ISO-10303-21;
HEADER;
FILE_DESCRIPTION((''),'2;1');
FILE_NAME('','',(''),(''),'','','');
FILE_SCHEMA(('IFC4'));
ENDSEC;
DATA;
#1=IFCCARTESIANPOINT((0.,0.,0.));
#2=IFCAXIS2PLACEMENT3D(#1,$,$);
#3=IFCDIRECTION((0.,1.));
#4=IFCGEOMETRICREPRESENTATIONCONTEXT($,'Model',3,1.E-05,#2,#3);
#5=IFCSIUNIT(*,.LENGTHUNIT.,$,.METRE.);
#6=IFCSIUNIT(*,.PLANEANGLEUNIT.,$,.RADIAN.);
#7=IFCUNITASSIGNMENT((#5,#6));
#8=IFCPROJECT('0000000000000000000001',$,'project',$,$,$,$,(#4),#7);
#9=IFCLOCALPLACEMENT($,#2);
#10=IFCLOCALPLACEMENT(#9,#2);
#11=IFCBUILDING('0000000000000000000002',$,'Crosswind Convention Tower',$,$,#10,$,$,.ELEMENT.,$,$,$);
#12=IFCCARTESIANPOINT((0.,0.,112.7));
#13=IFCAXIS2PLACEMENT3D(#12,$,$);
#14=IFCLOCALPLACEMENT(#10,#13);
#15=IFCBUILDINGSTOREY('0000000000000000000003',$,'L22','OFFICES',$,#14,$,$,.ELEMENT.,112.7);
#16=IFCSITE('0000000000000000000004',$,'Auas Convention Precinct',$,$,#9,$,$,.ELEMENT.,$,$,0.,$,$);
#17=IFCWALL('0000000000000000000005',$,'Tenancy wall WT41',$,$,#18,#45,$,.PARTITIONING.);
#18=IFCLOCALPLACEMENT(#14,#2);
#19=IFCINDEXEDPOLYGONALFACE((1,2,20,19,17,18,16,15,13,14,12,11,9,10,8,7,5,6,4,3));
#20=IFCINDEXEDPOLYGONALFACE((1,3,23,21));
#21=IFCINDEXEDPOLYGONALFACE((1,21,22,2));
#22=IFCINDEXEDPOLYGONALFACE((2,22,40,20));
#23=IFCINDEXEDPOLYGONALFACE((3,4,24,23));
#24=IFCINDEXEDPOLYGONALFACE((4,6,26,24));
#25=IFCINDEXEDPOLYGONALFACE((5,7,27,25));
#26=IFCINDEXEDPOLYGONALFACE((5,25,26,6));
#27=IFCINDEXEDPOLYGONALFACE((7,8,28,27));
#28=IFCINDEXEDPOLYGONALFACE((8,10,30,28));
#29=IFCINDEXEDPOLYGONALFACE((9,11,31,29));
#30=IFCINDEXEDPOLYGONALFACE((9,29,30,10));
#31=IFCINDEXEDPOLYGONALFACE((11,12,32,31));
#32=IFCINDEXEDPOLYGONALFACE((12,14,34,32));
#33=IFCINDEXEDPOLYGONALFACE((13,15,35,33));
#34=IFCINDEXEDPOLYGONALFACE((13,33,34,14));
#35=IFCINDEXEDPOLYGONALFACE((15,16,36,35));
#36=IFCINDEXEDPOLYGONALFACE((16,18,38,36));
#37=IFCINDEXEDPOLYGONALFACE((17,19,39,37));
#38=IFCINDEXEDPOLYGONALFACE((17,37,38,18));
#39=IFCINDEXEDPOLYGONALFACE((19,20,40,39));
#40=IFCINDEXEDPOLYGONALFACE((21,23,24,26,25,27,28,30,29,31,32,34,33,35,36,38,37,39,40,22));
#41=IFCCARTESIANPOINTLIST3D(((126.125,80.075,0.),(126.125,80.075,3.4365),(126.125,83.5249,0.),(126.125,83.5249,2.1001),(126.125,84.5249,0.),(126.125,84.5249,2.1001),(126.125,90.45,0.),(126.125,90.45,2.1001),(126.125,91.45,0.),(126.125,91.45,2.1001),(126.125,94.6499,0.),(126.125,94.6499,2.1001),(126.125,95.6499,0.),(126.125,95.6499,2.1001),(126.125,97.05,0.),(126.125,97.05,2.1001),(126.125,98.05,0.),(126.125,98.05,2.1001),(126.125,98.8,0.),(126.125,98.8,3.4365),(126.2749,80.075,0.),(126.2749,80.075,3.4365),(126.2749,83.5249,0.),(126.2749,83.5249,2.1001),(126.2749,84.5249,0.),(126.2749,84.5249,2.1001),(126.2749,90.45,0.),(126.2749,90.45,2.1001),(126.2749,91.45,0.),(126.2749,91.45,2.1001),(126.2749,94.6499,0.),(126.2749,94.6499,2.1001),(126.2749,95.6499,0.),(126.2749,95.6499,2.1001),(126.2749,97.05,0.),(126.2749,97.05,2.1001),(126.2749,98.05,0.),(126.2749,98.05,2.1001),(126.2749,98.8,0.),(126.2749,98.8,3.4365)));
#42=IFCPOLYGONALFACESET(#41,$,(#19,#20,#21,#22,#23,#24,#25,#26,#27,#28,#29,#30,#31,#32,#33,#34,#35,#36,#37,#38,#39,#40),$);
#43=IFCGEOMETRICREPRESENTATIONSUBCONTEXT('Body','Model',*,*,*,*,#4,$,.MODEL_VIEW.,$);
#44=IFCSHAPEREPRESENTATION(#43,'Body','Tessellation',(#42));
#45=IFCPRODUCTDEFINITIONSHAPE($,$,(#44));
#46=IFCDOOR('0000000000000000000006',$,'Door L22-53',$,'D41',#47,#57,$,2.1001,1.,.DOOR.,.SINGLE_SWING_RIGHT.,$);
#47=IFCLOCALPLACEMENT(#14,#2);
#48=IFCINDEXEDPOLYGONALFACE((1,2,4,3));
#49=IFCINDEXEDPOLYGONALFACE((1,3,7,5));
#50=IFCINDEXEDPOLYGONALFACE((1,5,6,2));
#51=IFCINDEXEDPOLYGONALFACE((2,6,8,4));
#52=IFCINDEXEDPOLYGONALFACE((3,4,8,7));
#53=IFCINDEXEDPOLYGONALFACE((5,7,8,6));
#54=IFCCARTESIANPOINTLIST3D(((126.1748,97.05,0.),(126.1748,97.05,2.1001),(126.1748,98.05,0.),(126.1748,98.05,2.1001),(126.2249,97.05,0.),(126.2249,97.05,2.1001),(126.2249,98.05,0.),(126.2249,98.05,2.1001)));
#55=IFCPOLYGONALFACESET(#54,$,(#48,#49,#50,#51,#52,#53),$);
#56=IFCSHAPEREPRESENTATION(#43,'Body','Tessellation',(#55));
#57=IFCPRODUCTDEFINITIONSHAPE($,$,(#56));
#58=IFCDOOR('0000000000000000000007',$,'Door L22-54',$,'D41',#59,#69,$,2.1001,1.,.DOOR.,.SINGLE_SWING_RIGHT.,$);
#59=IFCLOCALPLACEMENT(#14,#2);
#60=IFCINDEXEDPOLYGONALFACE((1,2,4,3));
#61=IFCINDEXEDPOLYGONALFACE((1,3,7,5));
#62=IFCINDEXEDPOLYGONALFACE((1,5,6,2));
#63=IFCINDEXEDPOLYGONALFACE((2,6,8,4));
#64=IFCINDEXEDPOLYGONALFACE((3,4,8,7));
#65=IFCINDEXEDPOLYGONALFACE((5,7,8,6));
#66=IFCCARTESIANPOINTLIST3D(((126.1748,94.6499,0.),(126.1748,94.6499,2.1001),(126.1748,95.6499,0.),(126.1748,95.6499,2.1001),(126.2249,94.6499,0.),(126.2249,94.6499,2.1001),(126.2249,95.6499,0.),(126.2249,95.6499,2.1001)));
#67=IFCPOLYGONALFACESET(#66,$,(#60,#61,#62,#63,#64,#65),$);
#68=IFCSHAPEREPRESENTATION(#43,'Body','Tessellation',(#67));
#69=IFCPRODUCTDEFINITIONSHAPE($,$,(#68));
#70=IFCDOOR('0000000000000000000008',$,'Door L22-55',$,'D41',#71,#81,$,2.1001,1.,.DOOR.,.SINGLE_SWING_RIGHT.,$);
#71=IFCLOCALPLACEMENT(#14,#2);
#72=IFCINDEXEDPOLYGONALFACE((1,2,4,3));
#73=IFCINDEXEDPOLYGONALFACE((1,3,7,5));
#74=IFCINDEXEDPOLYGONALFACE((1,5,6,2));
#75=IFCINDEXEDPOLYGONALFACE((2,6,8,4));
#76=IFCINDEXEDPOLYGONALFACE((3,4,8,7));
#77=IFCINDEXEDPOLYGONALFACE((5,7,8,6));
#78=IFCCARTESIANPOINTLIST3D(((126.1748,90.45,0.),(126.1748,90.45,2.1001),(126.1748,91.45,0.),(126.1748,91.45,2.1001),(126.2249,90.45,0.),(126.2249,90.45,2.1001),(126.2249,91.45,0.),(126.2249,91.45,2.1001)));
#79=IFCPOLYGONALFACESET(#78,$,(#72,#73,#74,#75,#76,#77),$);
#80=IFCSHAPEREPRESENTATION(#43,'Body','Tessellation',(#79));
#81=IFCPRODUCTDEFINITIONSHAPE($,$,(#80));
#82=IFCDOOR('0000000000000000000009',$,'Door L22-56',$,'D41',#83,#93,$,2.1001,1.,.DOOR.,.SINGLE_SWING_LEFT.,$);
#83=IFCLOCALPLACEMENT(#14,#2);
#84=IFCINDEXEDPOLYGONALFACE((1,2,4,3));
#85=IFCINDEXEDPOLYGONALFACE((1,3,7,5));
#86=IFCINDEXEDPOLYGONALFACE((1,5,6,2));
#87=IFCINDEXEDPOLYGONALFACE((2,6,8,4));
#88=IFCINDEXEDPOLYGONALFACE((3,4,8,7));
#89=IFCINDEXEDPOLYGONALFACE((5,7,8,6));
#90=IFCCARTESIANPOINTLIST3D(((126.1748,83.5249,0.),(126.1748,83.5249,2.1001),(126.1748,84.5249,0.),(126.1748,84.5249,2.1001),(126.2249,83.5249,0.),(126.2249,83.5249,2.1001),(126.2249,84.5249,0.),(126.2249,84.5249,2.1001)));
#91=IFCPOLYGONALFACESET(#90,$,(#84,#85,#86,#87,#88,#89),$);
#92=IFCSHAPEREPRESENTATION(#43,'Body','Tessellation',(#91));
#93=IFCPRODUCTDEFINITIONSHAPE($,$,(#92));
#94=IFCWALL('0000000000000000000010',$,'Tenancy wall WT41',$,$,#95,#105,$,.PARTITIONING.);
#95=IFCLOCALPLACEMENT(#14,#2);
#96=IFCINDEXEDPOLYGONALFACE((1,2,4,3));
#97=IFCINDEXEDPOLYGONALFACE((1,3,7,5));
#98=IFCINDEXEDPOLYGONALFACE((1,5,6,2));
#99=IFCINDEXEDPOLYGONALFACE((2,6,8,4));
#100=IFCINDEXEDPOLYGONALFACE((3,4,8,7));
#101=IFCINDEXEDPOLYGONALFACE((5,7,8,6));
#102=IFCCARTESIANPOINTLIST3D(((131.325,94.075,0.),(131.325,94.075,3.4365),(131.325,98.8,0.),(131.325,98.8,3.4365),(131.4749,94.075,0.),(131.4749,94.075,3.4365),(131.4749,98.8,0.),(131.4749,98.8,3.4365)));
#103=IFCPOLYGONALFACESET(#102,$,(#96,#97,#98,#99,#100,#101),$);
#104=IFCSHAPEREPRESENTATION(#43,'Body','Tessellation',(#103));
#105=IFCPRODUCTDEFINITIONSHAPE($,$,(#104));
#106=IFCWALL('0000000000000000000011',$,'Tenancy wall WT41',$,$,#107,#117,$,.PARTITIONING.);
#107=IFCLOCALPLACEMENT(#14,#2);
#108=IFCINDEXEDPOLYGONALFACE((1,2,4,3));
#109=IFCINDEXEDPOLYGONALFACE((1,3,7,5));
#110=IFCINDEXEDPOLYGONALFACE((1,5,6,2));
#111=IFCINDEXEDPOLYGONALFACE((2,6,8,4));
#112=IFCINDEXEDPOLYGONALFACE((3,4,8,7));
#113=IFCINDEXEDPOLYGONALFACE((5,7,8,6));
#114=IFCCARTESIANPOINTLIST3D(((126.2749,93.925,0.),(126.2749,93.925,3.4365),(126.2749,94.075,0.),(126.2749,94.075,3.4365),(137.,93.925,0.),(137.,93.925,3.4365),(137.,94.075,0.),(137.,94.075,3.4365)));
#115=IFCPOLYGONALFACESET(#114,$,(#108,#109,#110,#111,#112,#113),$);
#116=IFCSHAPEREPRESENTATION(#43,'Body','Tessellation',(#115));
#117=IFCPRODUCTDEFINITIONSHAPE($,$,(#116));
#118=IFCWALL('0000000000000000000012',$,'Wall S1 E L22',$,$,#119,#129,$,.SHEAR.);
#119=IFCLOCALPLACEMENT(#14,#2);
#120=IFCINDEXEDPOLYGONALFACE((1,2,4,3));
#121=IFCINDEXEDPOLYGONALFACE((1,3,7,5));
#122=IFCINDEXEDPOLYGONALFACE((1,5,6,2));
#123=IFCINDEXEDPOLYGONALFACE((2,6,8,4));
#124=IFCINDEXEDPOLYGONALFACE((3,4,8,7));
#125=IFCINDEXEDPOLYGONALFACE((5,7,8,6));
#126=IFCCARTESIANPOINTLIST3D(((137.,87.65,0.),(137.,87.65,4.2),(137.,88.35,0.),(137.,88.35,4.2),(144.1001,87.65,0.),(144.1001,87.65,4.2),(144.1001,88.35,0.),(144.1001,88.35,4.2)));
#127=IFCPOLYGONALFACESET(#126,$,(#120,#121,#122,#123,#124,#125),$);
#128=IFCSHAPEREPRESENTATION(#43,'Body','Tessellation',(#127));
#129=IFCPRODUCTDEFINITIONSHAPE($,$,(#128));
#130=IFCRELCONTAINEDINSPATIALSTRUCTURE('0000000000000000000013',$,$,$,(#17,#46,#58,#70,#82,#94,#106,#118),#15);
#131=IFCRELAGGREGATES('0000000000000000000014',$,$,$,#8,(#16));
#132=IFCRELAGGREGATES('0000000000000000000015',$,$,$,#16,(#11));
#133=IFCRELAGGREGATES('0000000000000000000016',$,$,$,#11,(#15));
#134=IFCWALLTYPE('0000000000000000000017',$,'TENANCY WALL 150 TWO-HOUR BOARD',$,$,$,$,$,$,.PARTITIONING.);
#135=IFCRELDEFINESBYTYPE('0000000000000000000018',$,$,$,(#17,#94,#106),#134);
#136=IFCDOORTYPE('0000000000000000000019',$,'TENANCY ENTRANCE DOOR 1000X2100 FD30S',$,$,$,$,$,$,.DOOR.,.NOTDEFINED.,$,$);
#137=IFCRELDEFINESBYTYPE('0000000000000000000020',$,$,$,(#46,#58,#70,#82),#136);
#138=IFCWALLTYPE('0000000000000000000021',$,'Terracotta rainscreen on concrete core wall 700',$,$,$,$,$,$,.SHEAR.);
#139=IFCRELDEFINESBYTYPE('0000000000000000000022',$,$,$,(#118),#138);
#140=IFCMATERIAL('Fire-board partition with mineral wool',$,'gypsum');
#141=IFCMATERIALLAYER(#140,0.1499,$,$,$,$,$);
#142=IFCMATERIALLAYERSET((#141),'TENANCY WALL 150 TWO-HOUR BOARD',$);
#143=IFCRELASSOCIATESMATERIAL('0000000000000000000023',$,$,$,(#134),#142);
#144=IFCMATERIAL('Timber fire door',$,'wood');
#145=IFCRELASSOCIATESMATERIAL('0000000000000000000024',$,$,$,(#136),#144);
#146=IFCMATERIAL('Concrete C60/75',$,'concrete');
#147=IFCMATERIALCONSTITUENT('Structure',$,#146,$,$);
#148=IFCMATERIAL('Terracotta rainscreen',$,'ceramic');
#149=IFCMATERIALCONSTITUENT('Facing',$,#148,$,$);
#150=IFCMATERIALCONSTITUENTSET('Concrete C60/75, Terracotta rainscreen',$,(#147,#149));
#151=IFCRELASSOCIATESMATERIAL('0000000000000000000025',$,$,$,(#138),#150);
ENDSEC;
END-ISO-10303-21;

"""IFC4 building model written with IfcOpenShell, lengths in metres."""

from ifc_helpers import new_model, si_unit, direction, frame, frame_2d, origin, place, context, subcontext, project, spatial, rectangle, extrude, material, layer, layer_set, constituent, constituent_set, type_object, element, fill, save


model = new_model("IFC4")

# Units and contexts
model_context = context("Model", 3, precision=1e-05, world=origin(), true_north=direction((0.0, 1.0)))
body_context = subcontext(model_context, "Body", "Model", "MODEL_VIEW")
ifc_project = project(units=[si_unit("LENGTHUNIT", "METRE"), si_unit("PLANEANGLEUNIT", "RADIAN")], contexts=[model_context])

# Site, building, storey
site_placement = place(None, origin())
site = spatial("IfcSite", under=ifc_project, at=site_placement, Name="Auas Convention Precinct", CompositionType="ELEMENT", RefElevation=0.0)
building_placement = place(site_placement, origin())
building = spatial("IfcBuilding", under=site, at=building_placement, Name="Crosswind Convention Tower", CompositionType="ELEMENT")
storey_placement = place(building_placement, frame((0.0, 0.0, 112.7)))
storey = spatial("IfcBuildingStorey", under=building, at=storey_placement, Name="L22", Description="OFFICES", CompositionType="ELEMENT", Elevation=112.7)

# Wall, openings, doors
ifc_material_1 = material(Name="Fire-board partition with mineral wool", Category="gypsum")
ifc_layer_1 = layer(ifc_material_1, 0.1499)
ifc_layer_set_1 = layer_set([ifc_layer_1], Name="TENANCY WALL 150 TWO-HOUR BOARD")
wall_type_1 = type_object("IfcWallType", Name="TENANCY WALL 150 TWO-HOUR BOARD", PredefinedType="PARTITIONING", material=ifc_layer_set_1)
wall_1_placement = place(storey_placement, frame((126.2, 80.075, 0.0), z_axis=(0.0, 0.0, 1.0), x_axis=(0.0, 1.0, 0.0)))
wall_1 = element("IfcWall", 1, at=wall_1_placement, inside=storey, type_object=wall_type_1, Name="Tenancy wall WT41", PredefinedType="PARTITIONING", context=body_context, shape_type="SweptSolid", body=[
    extrude(rectangle(XDim=18.7251, YDim=0.1499, at=frame_2d((9.3625, 0.0))), origin(), (0.0, 0.0, 1.0), 3.4365),
])
opening_1_placement = place(wall_1_placement, frame((16.9751, 0.0, 0.0)))
opening_1 = element("IfcOpeningElement", 2, at=opening_1_placement, cuts=wall_1, PredefinedType="OPENING", context=body_context, shape_type="SweptSolid", body=[
    extrude(rectangle(XDim=1.0, YDim=2.1001, at=frame_2d((0.5, 1.05))), frame((0.0, 0.085, 0.0), z_axis=(0.0, -1.0, 0.0), x_axis=(1.0, 0.0, 0.0)), (0.0, 0.0, 1.0), 0.1699),
])
opening_2_placement = place(wall_1_placement, frame((14.575, 0.0, 0.0)))
opening_2 = element("IfcOpeningElement", 3, at=opening_2_placement, cuts=wall_1, PredefinedType="OPENING", context=body_context, shape_type="SweptSolid", body=[
    extrude(rectangle(XDim=1.0, YDim=2.1001, at=frame_2d((0.5, 1.05))), frame((0.0, 0.085, 0.0), z_axis=(0.0, -1.0, 0.0), x_axis=(1.0, 0.0, 0.0)), (0.0, 0.0, 1.0), 0.1699),
])
opening_3_placement = place(wall_1_placement, frame((10.375, 0.0, 0.0)))
opening_3 = element("IfcOpeningElement", 4, at=opening_3_placement, cuts=wall_1, PredefinedType="OPENING", context=body_context, shape_type="SweptSolid", body=[
    extrude(rectangle(XDim=1.0, YDim=2.1001, at=frame_2d((0.5, 1.05))), frame((0.0, 0.085, 0.0), z_axis=(0.0, -1.0, 0.0), x_axis=(1.0, 0.0, 0.0)), (0.0, 0.0, 1.0), 0.1699),
])
opening_4_placement = place(wall_1_placement, frame((3.45, 0.0, 0.0)))
opening_4 = element("IfcOpeningElement", 5, at=opening_4_placement, cuts=wall_1, PredefinedType="OPENING", context=body_context, shape_type="SweptSolid", body=[
    extrude(rectangle(XDim=1.0, YDim=2.1001, at=frame_2d((0.5, 1.05))), frame((0.0, 0.085, 0.0), z_axis=(0.0, -1.0, 0.0), x_axis=(1.0, 0.0, 0.0)), (0.0, 0.0, 1.0), 0.1699),
])
ifc_material_2 = material(Name="Timber fire door", Category="wood")
door_type_1 = type_object("IfcDoorType", Name="TENANCY ENTRANCE DOOR 1000X2100 FD30S", OperationType="NOTDEFINED", PredefinedType="DOOR", material=ifc_material_2)
door_1_placement = place(opening_1_placement, frame((1.0, 0.0, 0.0), z_axis=(0.0, 0.0, 1.0), x_axis=(-1.0, 0.0, 0.0)))
door_1 = element("IfcDoor", 6, at=door_1_placement, inside=storey, type_object=door_type_1, Name="Door L22-53", ObjectType="D41", OperationType="SINGLE_SWING_RIGHT", OverallHeight=2.1001, OverallWidth=1.0, PredefinedType="DOOR", context=body_context, shape_type="SweptSolid", body=[
    extrude(rectangle(XDim=1.0, YDim=2.1001, at=frame_2d((0.5, 1.05))), frame((0.0, 0.0249, 0.0), z_axis=(0.0, -1.0, 0.0), x_axis=(1.0, 0.0, 0.0)), (0.0, 0.0, 1.0), 0.05),
])
fill(opening_1, door_1)
door_2_placement = place(opening_2_placement, frame((1.0, 0.0, 0.0), z_axis=(0.0, 0.0, 1.0), x_axis=(-1.0, 0.0, 0.0)))
door_2 = element("IfcDoor", 7, at=door_2_placement, inside=storey, type_object=door_type_1, Name="Door L22-54", ObjectType="D41", OperationType="SINGLE_SWING_RIGHT", OverallHeight=2.1001, OverallWidth=1.0, PredefinedType="DOOR", context=body_context, shape_type="SweptSolid", body=[
    extrude(rectangle(XDim=1.0, YDim=2.1001, at=frame_2d((0.5, 1.05))), frame((0.0, 0.0249, 0.0), z_axis=(0.0, -1.0, 0.0), x_axis=(1.0, 0.0, 0.0)), (0.0, 0.0, 1.0), 0.05),
])
fill(opening_2, door_2)
door_3_placement = place(opening_3_placement, frame((1.0, 0.0, 0.0), z_axis=(0.0, 0.0, 1.0), x_axis=(-1.0, 0.0, 0.0)))
door_3 = element("IfcDoor", 8, at=door_3_placement, inside=storey, type_object=door_type_1, Name="Door L22-55", ObjectType="D41", OperationType="SINGLE_SWING_RIGHT", OverallHeight=2.1001, OverallWidth=1.0, PredefinedType="DOOR", context=body_context, shape_type="SweptSolid", body=[
    extrude(rectangle(XDim=1.0, YDim=2.1001, at=frame_2d((0.5, 1.05))), frame((0.0, 0.0249, 0.0), z_axis=(0.0, -1.0, 0.0), x_axis=(1.0, 0.0, 0.0)), (0.0, 0.0, 1.0), 0.05),
])
fill(opening_3, door_3)
door_4_placement = place(opening_4_placement, frame((1.0, 0.0, 0.0), z_axis=(0.0, 0.0, 1.0), x_axis=(-1.0, 0.0, 0.0)))
door_4 = element("IfcDoor", 9, at=door_4_placement, inside=storey, type_object=door_type_1, Name="Door L22-56", ObjectType="D41", OperationType="SINGLE_SWING_LEFT", OverallHeight=2.1001, OverallWidth=1.0, PredefinedType="DOOR", context=body_context, shape_type="SweptSolid", body=[
    extrude(rectangle(XDim=1.0, YDim=2.1001, at=frame_2d((0.5, 1.05))), frame((0.0, 0.0249, 0.0), z_axis=(0.0, -1.0, 0.0), x_axis=(1.0, 0.0, 0.0)), (0.0, 0.0, 1.0), 0.05),
])
fill(opening_4, door_4)

# Walls
wall_2_placement = place(storey_placement, frame((131.3999, 94.075, 0.0), z_axis=(0.0, 0.0, 1.0), x_axis=(0.0, 1.0, 0.0)))
element("IfcWall", 10, at=wall_2_placement, inside=storey, type_object=wall_type_1, Name="Tenancy wall WT41", PredefinedType="PARTITIONING", context=body_context, shape_type="SweptSolid", body=[
    extrude(rectangle(XDim=4.7251, YDim=0.1499, at=frame_2d((2.3625, 0.0))), origin(), (0.0, 0.0, 1.0), 3.4365),
])
wall_3_placement = place(storey_placement, frame((126.2749, 94.0, 0.0), z_axis=(0.0, 0.0, 1.0), x_axis=(1.0, 0.0, 0.0)))
element("IfcWall", 11, at=wall_3_placement, inside=storey, type_object=wall_type_1, Name="Tenancy wall WT41", PredefinedType="PARTITIONING", context=body_context, shape_type="SweptSolid", body=[
    extrude(rectangle(XDim=10.7251, YDim=0.1499, at=frame_2d((5.3625, 0.0))), origin(), (0.0, 0.0, 1.0), 3.4365),
])
ifc_material_3 = material(Name="Concrete C60/75", Category="concrete")
ifc_constituent_1 = constituent(ifc_material_3, Name="Structure")
ifc_material_4 = material(Name="Terracotta rainscreen", Category="ceramic")
ifc_constituent_2 = constituent(ifc_material_4, Name="Facing")
ifc_constituent_set = constituent_set(constituents=[ifc_constituent_1, ifc_constituent_2], Name="Concrete C60/75, Terracotta rainscreen")
wall_type_2 = type_object("IfcWallType", Name="Terracotta rainscreen on concrete core wall 700", PredefinedType="SHEAR", material=ifc_constituent_set)
wall_4_placement = place(storey_placement, frame((137.0, 88.0, 0.0), z_axis=(0.0, 0.0, 1.0), x_axis=(1.0, 0.0, 0.0)))
element("IfcWall", 12, at=wall_4_placement, inside=storey, type_object=wall_type_2, Name="Wall S1 E L22", PredefinedType="SHEAR", context=body_context, shape_type="SweptSolid", body=[
    extrude(rectangle(XDim=7.1001, YDim=0.7, at=frame_2d((3.55, 0.0))), origin(), (0.0, 0.0, 1.0), 4.2),
])

save(model, "model.ifc")
